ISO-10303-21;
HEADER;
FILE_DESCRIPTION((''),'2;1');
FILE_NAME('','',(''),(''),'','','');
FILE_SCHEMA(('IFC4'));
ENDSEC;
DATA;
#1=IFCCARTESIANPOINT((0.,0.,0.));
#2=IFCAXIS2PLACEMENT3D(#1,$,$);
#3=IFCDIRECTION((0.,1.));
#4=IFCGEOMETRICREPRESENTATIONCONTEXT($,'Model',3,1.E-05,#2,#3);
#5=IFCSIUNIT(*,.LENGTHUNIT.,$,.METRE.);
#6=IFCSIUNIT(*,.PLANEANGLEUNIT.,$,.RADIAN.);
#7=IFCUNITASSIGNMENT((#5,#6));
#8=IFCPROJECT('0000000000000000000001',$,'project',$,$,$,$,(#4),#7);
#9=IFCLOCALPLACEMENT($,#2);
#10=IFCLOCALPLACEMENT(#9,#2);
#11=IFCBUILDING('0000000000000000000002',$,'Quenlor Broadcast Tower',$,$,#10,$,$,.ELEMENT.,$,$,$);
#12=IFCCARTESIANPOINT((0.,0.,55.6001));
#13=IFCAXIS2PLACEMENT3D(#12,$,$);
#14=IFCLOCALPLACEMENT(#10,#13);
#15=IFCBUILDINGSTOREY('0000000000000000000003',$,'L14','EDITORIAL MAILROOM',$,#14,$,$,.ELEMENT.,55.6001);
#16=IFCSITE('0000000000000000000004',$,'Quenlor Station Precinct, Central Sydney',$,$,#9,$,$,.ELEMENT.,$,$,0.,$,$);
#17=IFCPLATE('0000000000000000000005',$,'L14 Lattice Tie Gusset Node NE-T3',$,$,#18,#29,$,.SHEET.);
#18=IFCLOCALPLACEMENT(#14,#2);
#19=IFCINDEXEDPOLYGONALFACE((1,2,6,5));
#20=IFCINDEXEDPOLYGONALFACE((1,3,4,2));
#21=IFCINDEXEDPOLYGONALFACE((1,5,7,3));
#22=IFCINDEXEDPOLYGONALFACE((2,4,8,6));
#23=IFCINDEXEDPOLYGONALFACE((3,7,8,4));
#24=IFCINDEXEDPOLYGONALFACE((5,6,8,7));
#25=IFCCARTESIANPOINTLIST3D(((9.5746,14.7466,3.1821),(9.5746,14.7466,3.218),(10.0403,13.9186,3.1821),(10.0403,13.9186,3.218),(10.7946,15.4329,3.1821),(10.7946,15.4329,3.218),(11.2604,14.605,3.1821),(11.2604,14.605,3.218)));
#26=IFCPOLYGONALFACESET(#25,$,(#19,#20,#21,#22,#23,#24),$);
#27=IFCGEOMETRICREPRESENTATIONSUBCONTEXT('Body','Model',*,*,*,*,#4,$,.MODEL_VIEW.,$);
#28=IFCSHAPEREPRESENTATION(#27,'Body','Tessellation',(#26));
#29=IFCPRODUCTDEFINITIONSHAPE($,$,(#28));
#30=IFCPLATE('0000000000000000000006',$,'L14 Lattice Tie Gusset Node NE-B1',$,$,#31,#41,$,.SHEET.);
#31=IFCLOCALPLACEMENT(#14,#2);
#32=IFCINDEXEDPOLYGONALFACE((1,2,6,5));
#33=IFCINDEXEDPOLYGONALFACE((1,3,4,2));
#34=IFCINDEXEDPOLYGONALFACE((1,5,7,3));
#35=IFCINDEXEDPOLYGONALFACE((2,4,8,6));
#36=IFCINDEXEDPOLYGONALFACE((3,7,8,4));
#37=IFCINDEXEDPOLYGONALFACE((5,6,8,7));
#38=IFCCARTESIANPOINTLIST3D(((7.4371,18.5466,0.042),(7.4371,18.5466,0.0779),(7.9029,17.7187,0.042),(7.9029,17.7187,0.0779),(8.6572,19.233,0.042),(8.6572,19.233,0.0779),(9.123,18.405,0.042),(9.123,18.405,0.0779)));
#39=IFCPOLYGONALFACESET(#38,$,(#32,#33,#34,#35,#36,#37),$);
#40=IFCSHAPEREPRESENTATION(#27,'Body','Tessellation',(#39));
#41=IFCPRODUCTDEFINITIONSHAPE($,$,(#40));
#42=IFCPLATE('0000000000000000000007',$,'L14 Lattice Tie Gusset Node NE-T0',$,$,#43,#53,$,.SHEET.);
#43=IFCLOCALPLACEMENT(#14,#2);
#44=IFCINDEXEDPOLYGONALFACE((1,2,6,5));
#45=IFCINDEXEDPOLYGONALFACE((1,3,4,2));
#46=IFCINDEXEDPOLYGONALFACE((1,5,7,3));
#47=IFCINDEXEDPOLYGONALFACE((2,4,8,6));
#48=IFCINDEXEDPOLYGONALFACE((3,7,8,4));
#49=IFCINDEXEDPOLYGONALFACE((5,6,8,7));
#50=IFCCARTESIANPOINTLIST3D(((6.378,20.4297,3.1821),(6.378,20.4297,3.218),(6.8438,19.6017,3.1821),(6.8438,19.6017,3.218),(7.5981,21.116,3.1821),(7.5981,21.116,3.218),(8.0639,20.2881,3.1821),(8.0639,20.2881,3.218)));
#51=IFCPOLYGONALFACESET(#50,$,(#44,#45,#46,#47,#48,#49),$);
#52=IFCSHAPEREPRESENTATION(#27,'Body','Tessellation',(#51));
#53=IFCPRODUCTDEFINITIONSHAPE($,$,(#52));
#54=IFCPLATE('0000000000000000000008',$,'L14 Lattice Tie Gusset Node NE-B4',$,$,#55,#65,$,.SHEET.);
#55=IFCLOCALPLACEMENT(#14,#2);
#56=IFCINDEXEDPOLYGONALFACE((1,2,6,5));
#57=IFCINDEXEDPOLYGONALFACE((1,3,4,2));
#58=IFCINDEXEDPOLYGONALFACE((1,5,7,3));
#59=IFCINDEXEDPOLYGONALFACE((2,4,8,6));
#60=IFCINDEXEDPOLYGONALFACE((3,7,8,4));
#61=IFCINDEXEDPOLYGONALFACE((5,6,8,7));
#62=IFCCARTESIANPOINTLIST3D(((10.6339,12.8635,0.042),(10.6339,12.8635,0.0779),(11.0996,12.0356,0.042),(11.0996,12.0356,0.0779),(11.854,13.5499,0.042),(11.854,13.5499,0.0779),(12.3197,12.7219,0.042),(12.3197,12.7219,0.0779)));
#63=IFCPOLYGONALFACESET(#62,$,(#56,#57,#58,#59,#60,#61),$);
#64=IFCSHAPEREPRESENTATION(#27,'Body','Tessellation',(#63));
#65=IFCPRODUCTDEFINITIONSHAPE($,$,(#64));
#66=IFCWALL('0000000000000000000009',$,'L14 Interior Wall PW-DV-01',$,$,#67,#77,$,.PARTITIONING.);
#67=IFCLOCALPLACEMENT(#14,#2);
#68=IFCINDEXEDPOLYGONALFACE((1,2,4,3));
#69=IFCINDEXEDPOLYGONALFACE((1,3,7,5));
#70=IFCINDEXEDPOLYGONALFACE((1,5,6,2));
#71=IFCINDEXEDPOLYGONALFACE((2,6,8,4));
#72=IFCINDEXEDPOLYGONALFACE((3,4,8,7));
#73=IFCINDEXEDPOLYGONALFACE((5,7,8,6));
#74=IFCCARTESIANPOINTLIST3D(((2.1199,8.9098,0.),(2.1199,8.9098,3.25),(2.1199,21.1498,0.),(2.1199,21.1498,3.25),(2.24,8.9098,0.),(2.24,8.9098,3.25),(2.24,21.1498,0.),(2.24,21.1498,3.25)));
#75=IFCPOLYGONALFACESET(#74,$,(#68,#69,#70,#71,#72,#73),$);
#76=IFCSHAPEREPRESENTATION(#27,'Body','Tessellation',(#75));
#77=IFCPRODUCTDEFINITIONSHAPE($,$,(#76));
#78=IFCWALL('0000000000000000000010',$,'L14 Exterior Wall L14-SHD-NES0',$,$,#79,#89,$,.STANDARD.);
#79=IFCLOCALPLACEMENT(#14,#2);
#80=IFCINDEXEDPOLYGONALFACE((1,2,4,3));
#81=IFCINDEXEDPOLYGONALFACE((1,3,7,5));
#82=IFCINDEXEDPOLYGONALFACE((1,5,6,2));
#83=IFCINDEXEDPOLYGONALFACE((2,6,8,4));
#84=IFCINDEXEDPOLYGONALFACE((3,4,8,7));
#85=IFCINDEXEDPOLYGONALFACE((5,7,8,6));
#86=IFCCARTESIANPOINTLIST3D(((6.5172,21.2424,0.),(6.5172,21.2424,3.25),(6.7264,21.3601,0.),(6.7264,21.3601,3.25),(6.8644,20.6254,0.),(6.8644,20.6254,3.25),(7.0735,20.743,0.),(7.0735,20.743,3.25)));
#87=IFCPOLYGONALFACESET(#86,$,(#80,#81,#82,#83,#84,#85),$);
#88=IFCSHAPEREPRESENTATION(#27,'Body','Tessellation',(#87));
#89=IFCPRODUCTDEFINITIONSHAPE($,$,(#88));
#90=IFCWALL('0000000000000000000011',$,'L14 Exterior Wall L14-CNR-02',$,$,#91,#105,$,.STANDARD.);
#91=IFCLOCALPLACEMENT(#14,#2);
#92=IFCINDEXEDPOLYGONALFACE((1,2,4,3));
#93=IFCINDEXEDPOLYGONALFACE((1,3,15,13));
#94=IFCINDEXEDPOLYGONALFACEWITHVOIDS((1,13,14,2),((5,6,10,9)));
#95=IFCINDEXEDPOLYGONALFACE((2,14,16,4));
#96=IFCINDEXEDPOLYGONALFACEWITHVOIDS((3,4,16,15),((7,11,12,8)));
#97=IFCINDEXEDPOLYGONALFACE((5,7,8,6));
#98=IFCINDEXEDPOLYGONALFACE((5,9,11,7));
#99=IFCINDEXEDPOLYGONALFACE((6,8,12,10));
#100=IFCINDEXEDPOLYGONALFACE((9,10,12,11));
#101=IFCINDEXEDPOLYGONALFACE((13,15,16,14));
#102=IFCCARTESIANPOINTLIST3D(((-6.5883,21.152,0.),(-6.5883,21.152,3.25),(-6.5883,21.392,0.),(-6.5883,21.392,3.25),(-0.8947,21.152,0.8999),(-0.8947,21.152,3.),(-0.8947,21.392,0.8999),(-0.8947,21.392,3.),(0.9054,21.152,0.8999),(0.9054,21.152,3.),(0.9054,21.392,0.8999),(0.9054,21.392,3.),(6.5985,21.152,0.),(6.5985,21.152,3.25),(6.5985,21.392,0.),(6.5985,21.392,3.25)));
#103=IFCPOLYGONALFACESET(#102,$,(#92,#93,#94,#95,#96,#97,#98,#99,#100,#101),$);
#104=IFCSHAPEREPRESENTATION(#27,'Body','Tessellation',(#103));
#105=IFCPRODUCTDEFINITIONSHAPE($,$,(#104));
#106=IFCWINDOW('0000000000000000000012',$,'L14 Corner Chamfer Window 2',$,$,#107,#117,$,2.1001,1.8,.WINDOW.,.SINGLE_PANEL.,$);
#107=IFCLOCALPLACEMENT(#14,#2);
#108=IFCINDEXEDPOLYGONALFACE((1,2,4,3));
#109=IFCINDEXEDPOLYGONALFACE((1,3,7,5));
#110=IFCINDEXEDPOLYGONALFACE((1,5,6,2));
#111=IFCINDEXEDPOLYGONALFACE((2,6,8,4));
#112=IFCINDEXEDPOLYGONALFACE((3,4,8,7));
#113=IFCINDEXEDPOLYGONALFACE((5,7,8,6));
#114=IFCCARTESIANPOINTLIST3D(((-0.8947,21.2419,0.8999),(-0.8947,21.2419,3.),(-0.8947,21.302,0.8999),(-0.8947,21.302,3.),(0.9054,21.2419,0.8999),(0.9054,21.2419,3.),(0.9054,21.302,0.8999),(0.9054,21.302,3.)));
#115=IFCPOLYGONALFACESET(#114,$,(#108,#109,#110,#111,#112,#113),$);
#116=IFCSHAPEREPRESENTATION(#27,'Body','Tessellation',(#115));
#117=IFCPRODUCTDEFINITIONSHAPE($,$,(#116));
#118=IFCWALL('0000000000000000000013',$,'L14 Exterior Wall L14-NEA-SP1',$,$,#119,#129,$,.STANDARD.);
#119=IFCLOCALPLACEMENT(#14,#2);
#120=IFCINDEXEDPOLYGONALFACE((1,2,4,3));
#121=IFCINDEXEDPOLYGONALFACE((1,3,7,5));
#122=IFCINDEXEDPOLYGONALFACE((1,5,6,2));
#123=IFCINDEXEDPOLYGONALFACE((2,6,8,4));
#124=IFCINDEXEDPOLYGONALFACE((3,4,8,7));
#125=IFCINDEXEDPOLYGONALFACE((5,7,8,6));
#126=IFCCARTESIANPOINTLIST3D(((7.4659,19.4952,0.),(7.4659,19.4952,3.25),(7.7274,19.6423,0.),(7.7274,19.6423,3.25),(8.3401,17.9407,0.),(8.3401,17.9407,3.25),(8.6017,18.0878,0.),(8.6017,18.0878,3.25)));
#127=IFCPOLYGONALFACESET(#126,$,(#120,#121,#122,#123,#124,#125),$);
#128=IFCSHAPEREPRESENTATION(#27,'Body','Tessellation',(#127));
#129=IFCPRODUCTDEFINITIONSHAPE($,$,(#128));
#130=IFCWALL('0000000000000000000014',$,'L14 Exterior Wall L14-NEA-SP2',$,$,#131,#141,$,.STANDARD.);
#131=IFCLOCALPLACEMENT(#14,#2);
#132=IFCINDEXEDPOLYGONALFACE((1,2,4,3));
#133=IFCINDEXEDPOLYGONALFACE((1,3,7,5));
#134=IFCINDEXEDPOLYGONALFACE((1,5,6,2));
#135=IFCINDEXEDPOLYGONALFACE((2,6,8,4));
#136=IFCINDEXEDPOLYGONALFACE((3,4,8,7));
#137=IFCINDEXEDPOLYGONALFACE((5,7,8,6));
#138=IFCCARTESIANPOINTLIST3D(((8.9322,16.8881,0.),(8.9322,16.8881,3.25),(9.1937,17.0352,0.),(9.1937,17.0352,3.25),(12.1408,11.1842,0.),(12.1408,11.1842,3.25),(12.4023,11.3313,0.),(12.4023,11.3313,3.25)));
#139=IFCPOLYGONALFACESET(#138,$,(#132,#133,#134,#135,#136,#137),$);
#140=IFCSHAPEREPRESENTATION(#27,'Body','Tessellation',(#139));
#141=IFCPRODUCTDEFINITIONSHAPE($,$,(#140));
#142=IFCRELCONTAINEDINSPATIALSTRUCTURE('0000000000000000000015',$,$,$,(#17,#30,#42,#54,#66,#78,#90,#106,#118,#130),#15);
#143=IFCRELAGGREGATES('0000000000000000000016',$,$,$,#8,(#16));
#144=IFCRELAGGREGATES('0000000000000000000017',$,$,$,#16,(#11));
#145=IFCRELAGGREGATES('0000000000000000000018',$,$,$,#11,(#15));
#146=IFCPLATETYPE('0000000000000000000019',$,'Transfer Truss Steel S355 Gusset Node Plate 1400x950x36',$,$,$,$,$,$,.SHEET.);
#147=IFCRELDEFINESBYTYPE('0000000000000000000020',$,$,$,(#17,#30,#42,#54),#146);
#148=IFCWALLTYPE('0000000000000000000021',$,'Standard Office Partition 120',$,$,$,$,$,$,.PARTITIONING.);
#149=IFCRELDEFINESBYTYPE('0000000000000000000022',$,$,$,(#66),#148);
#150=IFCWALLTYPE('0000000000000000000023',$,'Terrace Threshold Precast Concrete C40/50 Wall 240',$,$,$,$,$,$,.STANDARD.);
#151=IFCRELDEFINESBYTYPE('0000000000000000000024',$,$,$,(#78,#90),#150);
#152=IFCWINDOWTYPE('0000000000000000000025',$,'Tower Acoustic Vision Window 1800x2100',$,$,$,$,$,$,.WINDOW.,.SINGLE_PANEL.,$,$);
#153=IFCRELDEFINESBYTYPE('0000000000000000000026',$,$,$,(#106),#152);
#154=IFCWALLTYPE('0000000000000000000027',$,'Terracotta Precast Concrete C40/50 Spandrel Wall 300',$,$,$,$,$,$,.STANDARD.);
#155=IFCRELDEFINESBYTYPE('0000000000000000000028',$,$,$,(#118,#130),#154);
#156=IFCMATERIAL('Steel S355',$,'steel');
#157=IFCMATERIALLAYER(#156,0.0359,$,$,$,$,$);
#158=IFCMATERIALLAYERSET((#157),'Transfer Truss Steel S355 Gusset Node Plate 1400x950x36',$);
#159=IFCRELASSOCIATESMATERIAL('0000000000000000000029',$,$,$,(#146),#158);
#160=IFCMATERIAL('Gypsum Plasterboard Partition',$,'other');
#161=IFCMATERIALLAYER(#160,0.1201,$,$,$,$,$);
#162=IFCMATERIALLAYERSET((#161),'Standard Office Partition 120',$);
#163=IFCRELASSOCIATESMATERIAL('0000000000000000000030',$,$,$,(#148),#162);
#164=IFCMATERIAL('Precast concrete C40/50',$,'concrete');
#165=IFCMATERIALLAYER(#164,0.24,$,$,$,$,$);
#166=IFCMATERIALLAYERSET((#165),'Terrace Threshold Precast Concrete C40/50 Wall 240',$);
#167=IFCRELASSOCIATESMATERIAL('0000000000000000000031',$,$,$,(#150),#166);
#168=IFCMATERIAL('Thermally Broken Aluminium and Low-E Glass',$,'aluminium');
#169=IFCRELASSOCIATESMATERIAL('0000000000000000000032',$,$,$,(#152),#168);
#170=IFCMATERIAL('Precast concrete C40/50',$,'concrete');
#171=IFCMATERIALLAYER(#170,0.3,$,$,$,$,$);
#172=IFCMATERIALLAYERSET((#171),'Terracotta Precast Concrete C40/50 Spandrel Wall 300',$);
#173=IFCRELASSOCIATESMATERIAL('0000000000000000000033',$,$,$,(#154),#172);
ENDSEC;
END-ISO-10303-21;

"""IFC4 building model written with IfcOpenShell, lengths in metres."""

from ifc_helpers import new_model, si_unit, direction, frame, frame_2d, origin, origin_2d, place, context, subcontext, project, spatial, rectangle, extrude, material, layer, layer_set, type_object, element, fill, save


model = new_model("IFC4")

# Units and contexts
model_context = context("Model", 3, precision=1e-05, world=origin(), true_north=direction((0.0, 1.0)))
body_context = subcontext(model_context, "Body", "Model", "MODEL_VIEW")
ifc_project = project(units=[si_unit("LENGTHUNIT", "METRE"), si_unit("PLANEANGLEUNIT", "RADIAN")], contexts=[model_context])

# Site, building, storey
site_placement = place(None, origin())
site = spatial("IfcSite", under=ifc_project, at=site_placement, Name="Quenlor Station Precinct, Central Sydney", CompositionType="ELEMENT", RefElevation=0.0)
building_placement = place(site_placement, origin())
building = spatial("IfcBuilding", under=site, at=building_placement, Name="Quenlor Broadcast Tower", CompositionType="ELEMENT")
storey_placement = place(building_placement, frame((0.0, 0.0, 55.6001)))
storey = spatial("IfcBuildingStorey", under=building, at=storey_placement, Name="L14", Description="EDITORIAL MAILROOM", CompositionType="ELEMENT", Elevation=55.6001)

# Plates
ifc_material_1 = material(Name="Steel S355", Category="steel")
ifc_layer_1 = layer(ifc_material_1, 0.0359)
ifc_layer_set_1 = layer_set([ifc_layer_1], Name="Transfer Truss Steel S355 Gusset Node Plate 1400x950x36")
plate_type_1 = type_object("IfcPlateType", Name="Transfer Truss Steel S355 Gusset Node Plate 1400x950x36", PredefinedType="SHEET", material=ifc_layer_set_1)
for number, where, z_axis, x_axis, name in (
    (1, (10.4175, 14.6758, 3.1821), (0.0, 0.0, 1.0), (0.871556, 0.490295, 0.0), "L14 Lattice Tie Gusset Node NE-T3"),
    (2, (8.28, 18.4758, 0.042), (0.0, 0.0, 1.0), (0.871556, 0.490295, 0.0), "L14 Lattice Tie Gusset Node NE-B1"),
    (3, (7.2209, 20.3589, 3.1821), (0.0, 0.0, 1.0), (0.871556, 0.490295, 0.0), "L14 Lattice Tie Gusset Node NE-T0"),
    (4, (11.4768, 12.7927, 0.042), (0.0, 0.0, 1.0), (0.871556, 0.490295, 0.0), "L14 Lattice Tie Gusset Node NE-B4"),
):
    element("IfcPlate", number, at=place(storey_placement, frame(where, z_axis=z_axis, x_axis=x_axis)), inside=storey, type_object=plate_type_1, Name=name, PredefinedType="SHEET", context=body_context, shape_type="SweptSolid", body=[
        extrude(rectangle(XDim=1.3999, YDim=0.95, at=origin_2d()), origin(), (0.0, 0.0, 1.0), 0.0359),
    ])

# Walls
ifc_material_2 = material(Name="Gypsum Plasterboard Partition", Category="other")
ifc_layer_2 = layer(ifc_material_2, 0.1201)
ifc_layer_set_2 = layer_set([ifc_layer_2], Name="Standard Office Partition 120")
wall_type_1 = type_object("IfcWallType", Name="Standard Office Partition 120", PredefinedType="PARTITIONING", material=ifc_layer_set_2)
wall_1_placement = place(storey_placement, frame((2.1799, 21.1499, 0.0), z_axis=(0.0, 0.0, 1.0), x_axis=(0.0, -1.0, 0.0)))
element("IfcWall", 5, at=wall_1_placement, inside=storey, type_object=wall_type_1, Name="L14 Interior Wall PW-DV-01", PredefinedType="PARTITIONING", context=body_context, shape_type="SweptSolid", body=[
    extrude(rectangle(XDim=12.24, YDim=0.1201, at=frame_2d((6.1201, 0.0))), origin(), (0.0, 0.0, 1.0), 3.25),
])
ifc_material_3 = material(Name="Precast concrete C40/50", Category="concrete")
ifc_layer_3 = layer(ifc_material_3, 0.24)
ifc_layer_set_3 = layer_set([ifc_layer_3], Name="Terrace Threshold Precast Concrete C40/50 Wall 240")
wall_type_2 = type_object("IfcWallType", Name="Terrace Threshold Precast Concrete C40/50 Wall 240", PredefinedType="STANDARD", material=ifc_layer_set_3)
wall_2_placement = place(storey_placement, frame((6.6218, 21.3013, 0.0), z_axis=(0.0, 0.0, 1.0), x_axis=(0.490261, -0.871576, 0.0)))
element("IfcWall", 6, at=wall_2_placement, inside=storey, type_object=wall_type_2, Name="L14 Exterior Wall L14-SHD-NES0", PredefinedType="STANDARD", context=body_context, shape_type="SweptSolid", body=[
    extrude(rectangle(XDim=0.708, YDim=0.24, at=frame_2d((0.354, 0.0))), origin(), (0.0, 0.0, 1.0), 3.25),
])

# Wall, opening, window
wall_3_placement = place(storey_placement, frame((6.5984, 21.272, 0.0), z_axis=(0.0, 0.0, 1.0), x_axis=(-1.0, 0.0, 0.0)))
wall_3 = element("IfcWall", 7, at=wall_3_placement, inside=storey, type_object=wall_type_2, Name="L14 Exterior Wall L14-CNR-02", PredefinedType="STANDARD", context=body_context, shape_type="SweptSolid", body=[
    extrude(rectangle(XDim=13.1868, YDim=0.24, at=frame_2d((6.5933, 0.0))), origin(), (0.0, 0.0, 1.0), 3.25),
])
opening_placement = place(wall_3_placement, frame((5.6931, 0.0, 0.8999)))
opening = element("IfcOpeningElement", 8, at=opening_placement, cuts=wall_3, PredefinedType="OPENING", context=body_context, shape_type="SweptSolid", body=[
    extrude(rectangle(XDim=1.8, YDim=2.1001, at=frame_2d((0.8999, 1.05))), frame((0.0, 0.1299, 0.0), z_axis=(0.0, -1.0, 0.0), x_axis=(1.0, 0.0, 0.0)), (0.0, 0.0, 1.0), 0.26),
])
ifc_material_4 = material(Name="Thermally Broken Aluminium and Low-E Glass", Category="aluminium")
window_type = type_object("IfcWindowType", Name="Tower Acoustic Vision Window 1800x2100", PartitioningType="SINGLE_PANEL", PredefinedType="WINDOW", material=ifc_material_4)
window_placement = place(opening_placement, origin())
window = element("IfcWindow", 9, at=window_placement, inside=storey, type_object=window_type, Name="L14 Corner Chamfer Window 2", OverallHeight=2.1001, OverallWidth=1.8, PartitioningType="SINGLE_PANEL", PredefinedType="WINDOW", context=body_context, shape_type="SweptSolid", body=[
    extrude(rectangle(XDim=1.8, YDim=2.1001, at=frame_2d((0.8999, 1.05))), frame((0.0, 0.03, 0.0), z_axis=(0.0, -1.0, 0.0), x_axis=(1.0, 0.0, 0.0)), (0.0, 0.0, 1.0), 0.0601),
])
fill(opening, window)

# Walls
ifc_material_5 = material(Name="Precast concrete C40/50", Category="concrete")
ifc_layer_4 = layer(ifc_material_5, 0.3)
ifc_layer_set_4 = layer_set([ifc_layer_4], Name="Terracotta Precast Concrete C40/50 Spandrel Wall 300")
wall_type_3 = type_object("IfcWallType", Name="Terracotta Precast Concrete C40/50 Spandrel Wall 300", PredefinedType="STANDARD", material=ifc_layer_set_4)
wall_4_placement = place(storey_placement, frame((7.5967, 19.5686, 0.0), z_axis=(0.0, 0.0, 1.0), x_axis=(0.490216, -0.871601, 0.0)))
element("IfcWall", 10, at=wall_4_placement, inside=storey, type_object=wall_type_3, Name="L14 Exterior Wall L14-NEA-SP1", PredefinedType="STANDARD", context=body_context, shape_type="SweptSolid", body=[
    extrude(rectangle(XDim=1.7834, YDim=0.3, at=frame_2d((0.8916, 0.0))), origin(), (0.0, 0.0, 1.0), 3.25),
])
wall_5_placement = place(storey_placement, frame((9.063, 16.9617, 0.0), z_axis=(0.0, 0.0, 1.0), x_axis=(0.49027, -0.871571, 0.0)))
element("IfcWall", 11, at=wall_5_placement, inside=storey, type_object=wall_type_3, Name="L14 Exterior Wall L14-NEA-SP2", PredefinedType="STANDARD", context=body_context, shape_type="SweptSolid", body=[
    extrude(rectangle(XDim=6.5444, YDim=0.3, at=frame_2d((3.2722, 0.0))), origin(), (0.0, 0.0, 1.0), 3.25),
])

save(model, "model.ifc")
